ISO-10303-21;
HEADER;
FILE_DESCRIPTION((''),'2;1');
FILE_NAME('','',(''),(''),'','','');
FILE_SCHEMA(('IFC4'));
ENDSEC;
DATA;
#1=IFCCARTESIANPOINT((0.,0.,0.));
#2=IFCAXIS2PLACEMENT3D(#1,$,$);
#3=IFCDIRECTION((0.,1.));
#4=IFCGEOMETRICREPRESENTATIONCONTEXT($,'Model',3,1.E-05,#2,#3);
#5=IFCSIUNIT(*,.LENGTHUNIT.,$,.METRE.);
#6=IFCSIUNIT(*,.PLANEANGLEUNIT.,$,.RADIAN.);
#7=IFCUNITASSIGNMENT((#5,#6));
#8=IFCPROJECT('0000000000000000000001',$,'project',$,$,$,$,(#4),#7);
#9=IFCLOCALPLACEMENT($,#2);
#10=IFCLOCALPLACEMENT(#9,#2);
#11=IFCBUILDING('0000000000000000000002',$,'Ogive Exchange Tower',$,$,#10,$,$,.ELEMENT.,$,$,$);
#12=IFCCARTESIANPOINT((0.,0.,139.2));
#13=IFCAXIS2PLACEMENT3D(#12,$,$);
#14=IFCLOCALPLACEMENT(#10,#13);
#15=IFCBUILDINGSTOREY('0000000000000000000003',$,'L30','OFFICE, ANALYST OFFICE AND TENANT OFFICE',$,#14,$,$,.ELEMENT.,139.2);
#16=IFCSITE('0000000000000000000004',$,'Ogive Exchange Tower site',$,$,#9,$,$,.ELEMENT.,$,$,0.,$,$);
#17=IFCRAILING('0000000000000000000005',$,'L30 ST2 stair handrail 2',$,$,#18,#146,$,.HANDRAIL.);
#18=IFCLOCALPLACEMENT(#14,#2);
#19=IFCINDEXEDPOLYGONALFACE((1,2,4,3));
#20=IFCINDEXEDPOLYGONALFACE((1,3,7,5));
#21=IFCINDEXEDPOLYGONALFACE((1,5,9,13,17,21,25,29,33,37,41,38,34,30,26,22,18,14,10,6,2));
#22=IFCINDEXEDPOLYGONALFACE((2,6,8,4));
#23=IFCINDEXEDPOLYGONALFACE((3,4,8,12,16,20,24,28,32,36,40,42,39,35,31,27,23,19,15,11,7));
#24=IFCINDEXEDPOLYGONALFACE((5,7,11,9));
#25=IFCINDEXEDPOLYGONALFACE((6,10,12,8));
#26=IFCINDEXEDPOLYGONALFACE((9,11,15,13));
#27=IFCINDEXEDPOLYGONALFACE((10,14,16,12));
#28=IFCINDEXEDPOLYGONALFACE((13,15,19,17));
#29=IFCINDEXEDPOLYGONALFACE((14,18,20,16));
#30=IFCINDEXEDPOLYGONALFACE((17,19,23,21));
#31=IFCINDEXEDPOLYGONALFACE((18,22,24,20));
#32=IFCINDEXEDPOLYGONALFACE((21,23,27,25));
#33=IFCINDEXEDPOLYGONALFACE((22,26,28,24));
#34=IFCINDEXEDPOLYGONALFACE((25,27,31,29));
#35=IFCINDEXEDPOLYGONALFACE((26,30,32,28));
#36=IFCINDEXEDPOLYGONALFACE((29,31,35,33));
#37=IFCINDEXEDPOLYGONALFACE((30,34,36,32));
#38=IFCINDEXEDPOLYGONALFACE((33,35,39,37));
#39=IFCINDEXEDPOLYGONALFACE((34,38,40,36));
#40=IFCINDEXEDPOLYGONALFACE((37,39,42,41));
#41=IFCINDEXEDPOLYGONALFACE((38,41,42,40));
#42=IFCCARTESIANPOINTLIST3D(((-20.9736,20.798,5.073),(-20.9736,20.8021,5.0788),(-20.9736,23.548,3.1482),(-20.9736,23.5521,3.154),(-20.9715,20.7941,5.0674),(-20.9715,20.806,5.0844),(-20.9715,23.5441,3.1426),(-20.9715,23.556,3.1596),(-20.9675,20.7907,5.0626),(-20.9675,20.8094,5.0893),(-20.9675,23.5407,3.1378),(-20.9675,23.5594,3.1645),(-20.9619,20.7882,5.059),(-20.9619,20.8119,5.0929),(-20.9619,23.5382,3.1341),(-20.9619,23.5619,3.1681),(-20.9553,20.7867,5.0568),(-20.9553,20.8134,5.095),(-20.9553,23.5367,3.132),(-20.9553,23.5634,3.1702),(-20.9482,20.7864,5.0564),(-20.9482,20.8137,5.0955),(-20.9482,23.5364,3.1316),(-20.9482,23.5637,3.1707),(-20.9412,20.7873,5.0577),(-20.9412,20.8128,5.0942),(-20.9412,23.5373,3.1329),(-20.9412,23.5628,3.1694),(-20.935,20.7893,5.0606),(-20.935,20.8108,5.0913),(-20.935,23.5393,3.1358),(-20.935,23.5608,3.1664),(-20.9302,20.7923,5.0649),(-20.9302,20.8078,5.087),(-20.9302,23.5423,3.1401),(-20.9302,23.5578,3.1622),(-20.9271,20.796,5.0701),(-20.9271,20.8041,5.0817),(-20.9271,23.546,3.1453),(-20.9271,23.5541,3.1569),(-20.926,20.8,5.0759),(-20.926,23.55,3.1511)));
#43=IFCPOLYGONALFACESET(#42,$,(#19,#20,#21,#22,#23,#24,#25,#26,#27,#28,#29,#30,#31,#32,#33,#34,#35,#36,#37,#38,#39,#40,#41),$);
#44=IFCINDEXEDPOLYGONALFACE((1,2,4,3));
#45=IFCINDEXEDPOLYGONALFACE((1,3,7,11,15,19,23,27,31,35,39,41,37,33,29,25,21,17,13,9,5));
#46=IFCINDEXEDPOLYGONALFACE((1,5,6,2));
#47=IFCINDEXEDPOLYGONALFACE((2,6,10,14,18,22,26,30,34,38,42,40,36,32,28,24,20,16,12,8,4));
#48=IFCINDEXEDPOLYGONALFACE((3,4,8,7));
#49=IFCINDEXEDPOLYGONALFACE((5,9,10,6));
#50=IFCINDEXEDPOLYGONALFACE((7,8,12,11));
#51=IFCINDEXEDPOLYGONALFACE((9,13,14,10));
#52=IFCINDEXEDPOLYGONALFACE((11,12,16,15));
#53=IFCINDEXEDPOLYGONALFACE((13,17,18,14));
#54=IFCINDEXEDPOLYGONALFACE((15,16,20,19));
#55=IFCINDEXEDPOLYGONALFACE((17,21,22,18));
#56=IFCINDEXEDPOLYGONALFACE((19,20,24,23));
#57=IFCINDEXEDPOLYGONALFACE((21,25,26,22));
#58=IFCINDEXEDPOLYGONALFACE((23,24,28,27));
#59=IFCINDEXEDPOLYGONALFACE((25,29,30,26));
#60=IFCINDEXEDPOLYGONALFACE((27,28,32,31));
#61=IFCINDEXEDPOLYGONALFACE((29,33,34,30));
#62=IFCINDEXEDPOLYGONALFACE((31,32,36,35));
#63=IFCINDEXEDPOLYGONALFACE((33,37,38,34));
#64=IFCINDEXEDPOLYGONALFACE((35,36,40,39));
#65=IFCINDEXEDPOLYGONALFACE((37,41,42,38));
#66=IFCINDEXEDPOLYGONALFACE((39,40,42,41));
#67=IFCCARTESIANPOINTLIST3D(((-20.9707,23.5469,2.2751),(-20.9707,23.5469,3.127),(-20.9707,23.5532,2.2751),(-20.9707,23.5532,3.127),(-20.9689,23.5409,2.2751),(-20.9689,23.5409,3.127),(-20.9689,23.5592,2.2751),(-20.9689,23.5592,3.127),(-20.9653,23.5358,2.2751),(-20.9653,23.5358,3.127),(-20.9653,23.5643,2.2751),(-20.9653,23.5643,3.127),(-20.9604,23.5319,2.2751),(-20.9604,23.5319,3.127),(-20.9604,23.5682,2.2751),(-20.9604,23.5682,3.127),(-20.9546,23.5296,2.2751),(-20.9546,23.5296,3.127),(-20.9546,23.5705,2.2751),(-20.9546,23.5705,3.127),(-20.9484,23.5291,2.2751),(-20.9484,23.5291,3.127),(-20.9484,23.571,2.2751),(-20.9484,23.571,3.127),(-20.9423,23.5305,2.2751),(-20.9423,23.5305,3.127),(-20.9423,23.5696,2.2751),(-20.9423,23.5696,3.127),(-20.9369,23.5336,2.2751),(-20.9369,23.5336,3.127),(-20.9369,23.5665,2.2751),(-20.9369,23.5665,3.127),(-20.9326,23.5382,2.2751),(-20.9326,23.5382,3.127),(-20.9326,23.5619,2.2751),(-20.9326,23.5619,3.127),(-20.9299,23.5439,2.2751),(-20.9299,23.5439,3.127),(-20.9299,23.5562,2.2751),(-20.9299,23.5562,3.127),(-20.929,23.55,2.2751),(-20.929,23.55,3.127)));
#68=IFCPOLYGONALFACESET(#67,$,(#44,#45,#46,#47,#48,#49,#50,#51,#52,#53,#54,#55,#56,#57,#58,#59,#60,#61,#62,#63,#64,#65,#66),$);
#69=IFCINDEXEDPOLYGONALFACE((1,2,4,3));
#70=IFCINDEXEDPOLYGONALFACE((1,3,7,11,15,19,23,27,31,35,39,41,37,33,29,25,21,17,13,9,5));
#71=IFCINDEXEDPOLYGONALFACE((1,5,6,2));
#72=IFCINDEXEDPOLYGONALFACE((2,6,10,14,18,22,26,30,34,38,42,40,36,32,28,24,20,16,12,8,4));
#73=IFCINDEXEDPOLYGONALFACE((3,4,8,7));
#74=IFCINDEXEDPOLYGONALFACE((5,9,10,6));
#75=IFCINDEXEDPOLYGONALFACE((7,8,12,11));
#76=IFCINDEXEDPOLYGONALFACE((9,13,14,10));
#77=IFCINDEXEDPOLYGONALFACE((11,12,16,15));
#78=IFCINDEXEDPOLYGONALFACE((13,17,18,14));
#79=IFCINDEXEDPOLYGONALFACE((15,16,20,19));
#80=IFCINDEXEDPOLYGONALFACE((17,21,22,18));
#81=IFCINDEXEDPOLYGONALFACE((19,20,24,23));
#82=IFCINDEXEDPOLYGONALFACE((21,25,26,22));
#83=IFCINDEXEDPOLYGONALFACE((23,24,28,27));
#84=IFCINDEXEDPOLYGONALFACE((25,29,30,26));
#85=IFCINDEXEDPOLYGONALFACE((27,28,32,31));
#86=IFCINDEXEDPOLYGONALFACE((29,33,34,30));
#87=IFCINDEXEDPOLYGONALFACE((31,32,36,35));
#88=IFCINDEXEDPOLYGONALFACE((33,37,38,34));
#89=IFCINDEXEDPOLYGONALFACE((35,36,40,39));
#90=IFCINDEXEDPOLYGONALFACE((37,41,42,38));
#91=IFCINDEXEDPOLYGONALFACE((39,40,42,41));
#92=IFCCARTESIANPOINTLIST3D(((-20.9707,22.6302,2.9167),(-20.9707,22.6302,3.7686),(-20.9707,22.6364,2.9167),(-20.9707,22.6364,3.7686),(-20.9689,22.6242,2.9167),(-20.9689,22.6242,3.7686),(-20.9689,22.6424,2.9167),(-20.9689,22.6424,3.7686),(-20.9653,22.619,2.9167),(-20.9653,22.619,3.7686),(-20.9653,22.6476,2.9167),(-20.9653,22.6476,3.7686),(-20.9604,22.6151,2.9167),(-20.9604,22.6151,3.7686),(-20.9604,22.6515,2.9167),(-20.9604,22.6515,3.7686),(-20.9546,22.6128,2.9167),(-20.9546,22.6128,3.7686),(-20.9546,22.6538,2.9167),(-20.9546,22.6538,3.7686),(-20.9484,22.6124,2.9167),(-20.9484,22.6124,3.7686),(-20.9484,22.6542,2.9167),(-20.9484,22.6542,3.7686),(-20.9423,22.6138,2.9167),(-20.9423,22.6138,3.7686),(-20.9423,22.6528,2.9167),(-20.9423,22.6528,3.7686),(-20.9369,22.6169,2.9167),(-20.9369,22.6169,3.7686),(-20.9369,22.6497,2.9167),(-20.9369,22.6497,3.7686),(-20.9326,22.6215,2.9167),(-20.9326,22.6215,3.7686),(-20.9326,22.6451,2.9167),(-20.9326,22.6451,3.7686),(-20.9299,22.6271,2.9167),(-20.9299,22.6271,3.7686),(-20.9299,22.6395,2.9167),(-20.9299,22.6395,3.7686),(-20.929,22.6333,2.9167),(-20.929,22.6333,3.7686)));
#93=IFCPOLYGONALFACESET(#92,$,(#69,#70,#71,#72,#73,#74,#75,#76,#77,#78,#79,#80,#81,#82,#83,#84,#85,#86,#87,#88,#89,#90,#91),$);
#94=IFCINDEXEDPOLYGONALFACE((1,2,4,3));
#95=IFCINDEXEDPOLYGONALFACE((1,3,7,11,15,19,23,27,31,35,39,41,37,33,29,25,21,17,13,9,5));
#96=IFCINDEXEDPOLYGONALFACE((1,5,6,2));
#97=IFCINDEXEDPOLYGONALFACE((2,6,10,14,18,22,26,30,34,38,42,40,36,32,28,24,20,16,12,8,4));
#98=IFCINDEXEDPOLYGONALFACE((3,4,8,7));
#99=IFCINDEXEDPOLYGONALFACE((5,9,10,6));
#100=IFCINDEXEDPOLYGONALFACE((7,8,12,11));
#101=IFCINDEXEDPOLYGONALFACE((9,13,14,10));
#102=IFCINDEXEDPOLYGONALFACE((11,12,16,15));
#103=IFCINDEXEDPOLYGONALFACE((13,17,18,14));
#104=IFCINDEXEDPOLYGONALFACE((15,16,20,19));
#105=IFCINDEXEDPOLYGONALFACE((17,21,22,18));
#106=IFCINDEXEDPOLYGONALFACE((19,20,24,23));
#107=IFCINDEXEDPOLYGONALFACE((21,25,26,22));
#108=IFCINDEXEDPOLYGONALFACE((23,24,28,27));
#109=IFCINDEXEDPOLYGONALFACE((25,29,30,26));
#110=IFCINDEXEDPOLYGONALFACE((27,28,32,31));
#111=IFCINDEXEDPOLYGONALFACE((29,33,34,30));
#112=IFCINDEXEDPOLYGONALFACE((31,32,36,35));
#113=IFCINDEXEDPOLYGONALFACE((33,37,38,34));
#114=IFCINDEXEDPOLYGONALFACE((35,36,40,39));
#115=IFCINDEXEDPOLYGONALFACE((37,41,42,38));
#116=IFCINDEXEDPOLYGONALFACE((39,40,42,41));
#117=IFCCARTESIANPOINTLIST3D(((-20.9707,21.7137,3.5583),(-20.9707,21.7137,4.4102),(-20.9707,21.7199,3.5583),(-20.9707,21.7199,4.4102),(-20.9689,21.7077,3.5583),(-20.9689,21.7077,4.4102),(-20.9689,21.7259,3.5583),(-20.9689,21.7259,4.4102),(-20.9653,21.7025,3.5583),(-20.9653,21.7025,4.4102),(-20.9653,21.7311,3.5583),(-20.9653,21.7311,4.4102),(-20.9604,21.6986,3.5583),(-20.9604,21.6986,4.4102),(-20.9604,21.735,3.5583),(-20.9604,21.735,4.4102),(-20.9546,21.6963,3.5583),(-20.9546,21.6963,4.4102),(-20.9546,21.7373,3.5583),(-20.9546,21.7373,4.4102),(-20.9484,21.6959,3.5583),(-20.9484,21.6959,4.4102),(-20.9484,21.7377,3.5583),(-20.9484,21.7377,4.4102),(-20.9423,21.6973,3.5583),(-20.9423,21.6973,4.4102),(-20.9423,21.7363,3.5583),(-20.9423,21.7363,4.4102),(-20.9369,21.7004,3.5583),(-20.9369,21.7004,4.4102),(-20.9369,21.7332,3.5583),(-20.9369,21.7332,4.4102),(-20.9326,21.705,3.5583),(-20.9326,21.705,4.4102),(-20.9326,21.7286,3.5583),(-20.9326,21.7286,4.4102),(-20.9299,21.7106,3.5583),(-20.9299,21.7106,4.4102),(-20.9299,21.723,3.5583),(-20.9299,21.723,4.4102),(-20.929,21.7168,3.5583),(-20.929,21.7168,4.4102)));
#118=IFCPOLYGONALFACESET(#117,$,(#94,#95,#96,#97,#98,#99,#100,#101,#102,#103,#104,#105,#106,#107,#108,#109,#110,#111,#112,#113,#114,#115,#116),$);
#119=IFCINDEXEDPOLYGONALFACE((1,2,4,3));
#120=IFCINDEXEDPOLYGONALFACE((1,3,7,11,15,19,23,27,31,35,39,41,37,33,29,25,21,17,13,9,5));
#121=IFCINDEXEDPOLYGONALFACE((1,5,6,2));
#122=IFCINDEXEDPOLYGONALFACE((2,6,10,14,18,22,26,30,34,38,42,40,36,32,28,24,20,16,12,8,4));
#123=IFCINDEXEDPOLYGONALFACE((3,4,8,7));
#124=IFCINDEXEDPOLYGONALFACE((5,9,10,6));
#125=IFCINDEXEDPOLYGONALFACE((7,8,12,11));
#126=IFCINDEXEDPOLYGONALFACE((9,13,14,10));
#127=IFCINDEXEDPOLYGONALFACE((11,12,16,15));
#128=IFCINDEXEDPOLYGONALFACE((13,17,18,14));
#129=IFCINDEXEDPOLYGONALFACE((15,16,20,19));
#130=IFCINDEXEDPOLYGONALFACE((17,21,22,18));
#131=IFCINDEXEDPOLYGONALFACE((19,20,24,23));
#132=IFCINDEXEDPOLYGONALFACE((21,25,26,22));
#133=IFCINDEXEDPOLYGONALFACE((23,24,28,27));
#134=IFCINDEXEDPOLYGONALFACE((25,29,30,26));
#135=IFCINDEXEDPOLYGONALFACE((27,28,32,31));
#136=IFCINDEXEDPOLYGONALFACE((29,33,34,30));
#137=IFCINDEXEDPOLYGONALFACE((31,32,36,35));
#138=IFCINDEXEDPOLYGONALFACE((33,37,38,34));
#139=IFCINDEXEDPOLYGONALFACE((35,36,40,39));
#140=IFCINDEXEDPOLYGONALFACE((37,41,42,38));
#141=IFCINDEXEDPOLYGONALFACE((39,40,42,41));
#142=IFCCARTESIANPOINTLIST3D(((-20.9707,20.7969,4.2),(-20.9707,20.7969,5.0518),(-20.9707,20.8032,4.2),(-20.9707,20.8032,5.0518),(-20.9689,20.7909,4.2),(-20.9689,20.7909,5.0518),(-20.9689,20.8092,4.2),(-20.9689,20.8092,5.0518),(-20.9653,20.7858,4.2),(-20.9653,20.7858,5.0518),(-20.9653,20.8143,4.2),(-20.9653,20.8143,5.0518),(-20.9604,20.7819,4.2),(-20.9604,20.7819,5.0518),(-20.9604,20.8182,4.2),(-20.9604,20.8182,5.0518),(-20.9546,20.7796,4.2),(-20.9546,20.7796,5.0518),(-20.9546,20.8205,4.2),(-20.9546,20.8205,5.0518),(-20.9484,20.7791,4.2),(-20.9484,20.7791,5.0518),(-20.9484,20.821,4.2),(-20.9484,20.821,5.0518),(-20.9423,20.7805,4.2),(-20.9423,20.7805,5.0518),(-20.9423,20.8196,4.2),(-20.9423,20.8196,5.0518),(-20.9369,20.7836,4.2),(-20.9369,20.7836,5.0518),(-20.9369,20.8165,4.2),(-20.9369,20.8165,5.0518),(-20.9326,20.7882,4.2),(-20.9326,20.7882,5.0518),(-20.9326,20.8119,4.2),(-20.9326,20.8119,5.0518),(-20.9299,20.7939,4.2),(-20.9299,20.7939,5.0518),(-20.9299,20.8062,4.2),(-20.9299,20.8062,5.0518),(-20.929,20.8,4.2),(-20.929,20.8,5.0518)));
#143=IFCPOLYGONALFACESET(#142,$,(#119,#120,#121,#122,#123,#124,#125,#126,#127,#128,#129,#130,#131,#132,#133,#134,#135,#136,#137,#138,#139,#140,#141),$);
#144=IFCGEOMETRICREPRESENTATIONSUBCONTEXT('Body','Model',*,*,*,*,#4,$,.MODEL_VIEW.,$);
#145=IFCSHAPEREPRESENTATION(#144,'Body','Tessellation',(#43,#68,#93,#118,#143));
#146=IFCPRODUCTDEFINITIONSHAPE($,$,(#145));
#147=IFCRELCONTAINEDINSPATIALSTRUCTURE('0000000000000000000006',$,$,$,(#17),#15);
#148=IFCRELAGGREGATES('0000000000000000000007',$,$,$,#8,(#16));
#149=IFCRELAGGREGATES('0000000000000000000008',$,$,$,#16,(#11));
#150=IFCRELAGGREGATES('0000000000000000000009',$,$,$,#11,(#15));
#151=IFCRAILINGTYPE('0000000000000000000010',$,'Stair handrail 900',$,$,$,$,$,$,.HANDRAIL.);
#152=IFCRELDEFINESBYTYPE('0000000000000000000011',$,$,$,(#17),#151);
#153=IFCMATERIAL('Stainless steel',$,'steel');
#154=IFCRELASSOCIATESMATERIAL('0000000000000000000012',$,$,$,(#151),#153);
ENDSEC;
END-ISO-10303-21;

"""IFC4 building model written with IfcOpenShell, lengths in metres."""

from ifc_helpers import new_model, si_unit, direction, frame, origin, origin_2d, place, context, subcontext, project, spatial, circle, extrude, material, type_object, element, save


model = new_model("IFC4")

# Units and contexts
model_context = context("Model", 3, precision=1e-05, world=origin(), true_north=direction((0.0, 1.0)))
body_context = subcontext(model_context, "Body", "Model", "MODEL_VIEW")
ifc_project = project(units=[si_unit("LENGTHUNIT", "METRE"), si_unit("PLANEANGLEUNIT", "RADIAN")], contexts=[model_context])

# Site, building, storey
site_placement = place(None, origin())
site = spatial("IfcSite", under=ifc_project, at=site_placement, Name="Ogive Exchange Tower site", CompositionType="ELEMENT", RefElevation=0.0)
building_placement = place(site_placement, origin())
building = spatial("IfcBuilding", under=site, at=building_placement, Name="Ogive Exchange Tower", CompositionType="ELEMENT")
storey_placement = place(building_placement, frame((0.0, 0.0, 139.2)))
storey = spatial("IfcBuildingStorey", under=building, at=storey_placement, Name="L30", Description="OFFICE, ANALYST OFFICE AND TENANT OFFICE", CompositionType="ELEMENT", Elevation=139.2)

# Shared definitions
ifc_material_1 = material(Name="Stainless steel", Category="steel")

# Railing
railing_type = type_object("IfcRailingType", Name="Stair handrail 900", PredefinedType="HANDRAIL", material=ifc_material_1)
railing_1_placement = place(storey_placement, frame((-20.95, 23.55, 2.2751)))
element("IfcRailing", 1, at=railing_1_placement, inside=storey, type_object=railing_type, Name="L30 ST2 stair handrail 2", PredefinedType="HANDRAIL", context=body_context, shape_type="SweptSolid", body=[
    extrude(circle(Radius=0.0239, at=origin_2d()), frame((0.0, 0.0, 0.876), z_axis=(0.0, -0.819259, 0.573423), x_axis=(1.0, 0.0, 0.0)), (0.0, 0.0, 1.0), 3.3567),
    extrude(circle(Radius=0.021, at=origin_2d()), origin(), (0.0, 0.0, 1.0), 0.8518),
    extrude(circle(Radius=0.021, at=origin_2d()), frame((0.0, -0.9167, 0.6416)), (0.0, 0.0, 1.0), 0.8518),
    extrude(circle(Radius=0.021, at=origin_2d()), frame((0.0, -1.8333, 1.2832)), (0.0, 0.0, 1.0), 0.8518),
    extrude(circle(Radius=0.021, at=origin_2d()), frame((0.0, -2.75, 1.9248)), (0.0, 0.0, 1.0), 0.8518),
])

save(model, "model.ifc")
